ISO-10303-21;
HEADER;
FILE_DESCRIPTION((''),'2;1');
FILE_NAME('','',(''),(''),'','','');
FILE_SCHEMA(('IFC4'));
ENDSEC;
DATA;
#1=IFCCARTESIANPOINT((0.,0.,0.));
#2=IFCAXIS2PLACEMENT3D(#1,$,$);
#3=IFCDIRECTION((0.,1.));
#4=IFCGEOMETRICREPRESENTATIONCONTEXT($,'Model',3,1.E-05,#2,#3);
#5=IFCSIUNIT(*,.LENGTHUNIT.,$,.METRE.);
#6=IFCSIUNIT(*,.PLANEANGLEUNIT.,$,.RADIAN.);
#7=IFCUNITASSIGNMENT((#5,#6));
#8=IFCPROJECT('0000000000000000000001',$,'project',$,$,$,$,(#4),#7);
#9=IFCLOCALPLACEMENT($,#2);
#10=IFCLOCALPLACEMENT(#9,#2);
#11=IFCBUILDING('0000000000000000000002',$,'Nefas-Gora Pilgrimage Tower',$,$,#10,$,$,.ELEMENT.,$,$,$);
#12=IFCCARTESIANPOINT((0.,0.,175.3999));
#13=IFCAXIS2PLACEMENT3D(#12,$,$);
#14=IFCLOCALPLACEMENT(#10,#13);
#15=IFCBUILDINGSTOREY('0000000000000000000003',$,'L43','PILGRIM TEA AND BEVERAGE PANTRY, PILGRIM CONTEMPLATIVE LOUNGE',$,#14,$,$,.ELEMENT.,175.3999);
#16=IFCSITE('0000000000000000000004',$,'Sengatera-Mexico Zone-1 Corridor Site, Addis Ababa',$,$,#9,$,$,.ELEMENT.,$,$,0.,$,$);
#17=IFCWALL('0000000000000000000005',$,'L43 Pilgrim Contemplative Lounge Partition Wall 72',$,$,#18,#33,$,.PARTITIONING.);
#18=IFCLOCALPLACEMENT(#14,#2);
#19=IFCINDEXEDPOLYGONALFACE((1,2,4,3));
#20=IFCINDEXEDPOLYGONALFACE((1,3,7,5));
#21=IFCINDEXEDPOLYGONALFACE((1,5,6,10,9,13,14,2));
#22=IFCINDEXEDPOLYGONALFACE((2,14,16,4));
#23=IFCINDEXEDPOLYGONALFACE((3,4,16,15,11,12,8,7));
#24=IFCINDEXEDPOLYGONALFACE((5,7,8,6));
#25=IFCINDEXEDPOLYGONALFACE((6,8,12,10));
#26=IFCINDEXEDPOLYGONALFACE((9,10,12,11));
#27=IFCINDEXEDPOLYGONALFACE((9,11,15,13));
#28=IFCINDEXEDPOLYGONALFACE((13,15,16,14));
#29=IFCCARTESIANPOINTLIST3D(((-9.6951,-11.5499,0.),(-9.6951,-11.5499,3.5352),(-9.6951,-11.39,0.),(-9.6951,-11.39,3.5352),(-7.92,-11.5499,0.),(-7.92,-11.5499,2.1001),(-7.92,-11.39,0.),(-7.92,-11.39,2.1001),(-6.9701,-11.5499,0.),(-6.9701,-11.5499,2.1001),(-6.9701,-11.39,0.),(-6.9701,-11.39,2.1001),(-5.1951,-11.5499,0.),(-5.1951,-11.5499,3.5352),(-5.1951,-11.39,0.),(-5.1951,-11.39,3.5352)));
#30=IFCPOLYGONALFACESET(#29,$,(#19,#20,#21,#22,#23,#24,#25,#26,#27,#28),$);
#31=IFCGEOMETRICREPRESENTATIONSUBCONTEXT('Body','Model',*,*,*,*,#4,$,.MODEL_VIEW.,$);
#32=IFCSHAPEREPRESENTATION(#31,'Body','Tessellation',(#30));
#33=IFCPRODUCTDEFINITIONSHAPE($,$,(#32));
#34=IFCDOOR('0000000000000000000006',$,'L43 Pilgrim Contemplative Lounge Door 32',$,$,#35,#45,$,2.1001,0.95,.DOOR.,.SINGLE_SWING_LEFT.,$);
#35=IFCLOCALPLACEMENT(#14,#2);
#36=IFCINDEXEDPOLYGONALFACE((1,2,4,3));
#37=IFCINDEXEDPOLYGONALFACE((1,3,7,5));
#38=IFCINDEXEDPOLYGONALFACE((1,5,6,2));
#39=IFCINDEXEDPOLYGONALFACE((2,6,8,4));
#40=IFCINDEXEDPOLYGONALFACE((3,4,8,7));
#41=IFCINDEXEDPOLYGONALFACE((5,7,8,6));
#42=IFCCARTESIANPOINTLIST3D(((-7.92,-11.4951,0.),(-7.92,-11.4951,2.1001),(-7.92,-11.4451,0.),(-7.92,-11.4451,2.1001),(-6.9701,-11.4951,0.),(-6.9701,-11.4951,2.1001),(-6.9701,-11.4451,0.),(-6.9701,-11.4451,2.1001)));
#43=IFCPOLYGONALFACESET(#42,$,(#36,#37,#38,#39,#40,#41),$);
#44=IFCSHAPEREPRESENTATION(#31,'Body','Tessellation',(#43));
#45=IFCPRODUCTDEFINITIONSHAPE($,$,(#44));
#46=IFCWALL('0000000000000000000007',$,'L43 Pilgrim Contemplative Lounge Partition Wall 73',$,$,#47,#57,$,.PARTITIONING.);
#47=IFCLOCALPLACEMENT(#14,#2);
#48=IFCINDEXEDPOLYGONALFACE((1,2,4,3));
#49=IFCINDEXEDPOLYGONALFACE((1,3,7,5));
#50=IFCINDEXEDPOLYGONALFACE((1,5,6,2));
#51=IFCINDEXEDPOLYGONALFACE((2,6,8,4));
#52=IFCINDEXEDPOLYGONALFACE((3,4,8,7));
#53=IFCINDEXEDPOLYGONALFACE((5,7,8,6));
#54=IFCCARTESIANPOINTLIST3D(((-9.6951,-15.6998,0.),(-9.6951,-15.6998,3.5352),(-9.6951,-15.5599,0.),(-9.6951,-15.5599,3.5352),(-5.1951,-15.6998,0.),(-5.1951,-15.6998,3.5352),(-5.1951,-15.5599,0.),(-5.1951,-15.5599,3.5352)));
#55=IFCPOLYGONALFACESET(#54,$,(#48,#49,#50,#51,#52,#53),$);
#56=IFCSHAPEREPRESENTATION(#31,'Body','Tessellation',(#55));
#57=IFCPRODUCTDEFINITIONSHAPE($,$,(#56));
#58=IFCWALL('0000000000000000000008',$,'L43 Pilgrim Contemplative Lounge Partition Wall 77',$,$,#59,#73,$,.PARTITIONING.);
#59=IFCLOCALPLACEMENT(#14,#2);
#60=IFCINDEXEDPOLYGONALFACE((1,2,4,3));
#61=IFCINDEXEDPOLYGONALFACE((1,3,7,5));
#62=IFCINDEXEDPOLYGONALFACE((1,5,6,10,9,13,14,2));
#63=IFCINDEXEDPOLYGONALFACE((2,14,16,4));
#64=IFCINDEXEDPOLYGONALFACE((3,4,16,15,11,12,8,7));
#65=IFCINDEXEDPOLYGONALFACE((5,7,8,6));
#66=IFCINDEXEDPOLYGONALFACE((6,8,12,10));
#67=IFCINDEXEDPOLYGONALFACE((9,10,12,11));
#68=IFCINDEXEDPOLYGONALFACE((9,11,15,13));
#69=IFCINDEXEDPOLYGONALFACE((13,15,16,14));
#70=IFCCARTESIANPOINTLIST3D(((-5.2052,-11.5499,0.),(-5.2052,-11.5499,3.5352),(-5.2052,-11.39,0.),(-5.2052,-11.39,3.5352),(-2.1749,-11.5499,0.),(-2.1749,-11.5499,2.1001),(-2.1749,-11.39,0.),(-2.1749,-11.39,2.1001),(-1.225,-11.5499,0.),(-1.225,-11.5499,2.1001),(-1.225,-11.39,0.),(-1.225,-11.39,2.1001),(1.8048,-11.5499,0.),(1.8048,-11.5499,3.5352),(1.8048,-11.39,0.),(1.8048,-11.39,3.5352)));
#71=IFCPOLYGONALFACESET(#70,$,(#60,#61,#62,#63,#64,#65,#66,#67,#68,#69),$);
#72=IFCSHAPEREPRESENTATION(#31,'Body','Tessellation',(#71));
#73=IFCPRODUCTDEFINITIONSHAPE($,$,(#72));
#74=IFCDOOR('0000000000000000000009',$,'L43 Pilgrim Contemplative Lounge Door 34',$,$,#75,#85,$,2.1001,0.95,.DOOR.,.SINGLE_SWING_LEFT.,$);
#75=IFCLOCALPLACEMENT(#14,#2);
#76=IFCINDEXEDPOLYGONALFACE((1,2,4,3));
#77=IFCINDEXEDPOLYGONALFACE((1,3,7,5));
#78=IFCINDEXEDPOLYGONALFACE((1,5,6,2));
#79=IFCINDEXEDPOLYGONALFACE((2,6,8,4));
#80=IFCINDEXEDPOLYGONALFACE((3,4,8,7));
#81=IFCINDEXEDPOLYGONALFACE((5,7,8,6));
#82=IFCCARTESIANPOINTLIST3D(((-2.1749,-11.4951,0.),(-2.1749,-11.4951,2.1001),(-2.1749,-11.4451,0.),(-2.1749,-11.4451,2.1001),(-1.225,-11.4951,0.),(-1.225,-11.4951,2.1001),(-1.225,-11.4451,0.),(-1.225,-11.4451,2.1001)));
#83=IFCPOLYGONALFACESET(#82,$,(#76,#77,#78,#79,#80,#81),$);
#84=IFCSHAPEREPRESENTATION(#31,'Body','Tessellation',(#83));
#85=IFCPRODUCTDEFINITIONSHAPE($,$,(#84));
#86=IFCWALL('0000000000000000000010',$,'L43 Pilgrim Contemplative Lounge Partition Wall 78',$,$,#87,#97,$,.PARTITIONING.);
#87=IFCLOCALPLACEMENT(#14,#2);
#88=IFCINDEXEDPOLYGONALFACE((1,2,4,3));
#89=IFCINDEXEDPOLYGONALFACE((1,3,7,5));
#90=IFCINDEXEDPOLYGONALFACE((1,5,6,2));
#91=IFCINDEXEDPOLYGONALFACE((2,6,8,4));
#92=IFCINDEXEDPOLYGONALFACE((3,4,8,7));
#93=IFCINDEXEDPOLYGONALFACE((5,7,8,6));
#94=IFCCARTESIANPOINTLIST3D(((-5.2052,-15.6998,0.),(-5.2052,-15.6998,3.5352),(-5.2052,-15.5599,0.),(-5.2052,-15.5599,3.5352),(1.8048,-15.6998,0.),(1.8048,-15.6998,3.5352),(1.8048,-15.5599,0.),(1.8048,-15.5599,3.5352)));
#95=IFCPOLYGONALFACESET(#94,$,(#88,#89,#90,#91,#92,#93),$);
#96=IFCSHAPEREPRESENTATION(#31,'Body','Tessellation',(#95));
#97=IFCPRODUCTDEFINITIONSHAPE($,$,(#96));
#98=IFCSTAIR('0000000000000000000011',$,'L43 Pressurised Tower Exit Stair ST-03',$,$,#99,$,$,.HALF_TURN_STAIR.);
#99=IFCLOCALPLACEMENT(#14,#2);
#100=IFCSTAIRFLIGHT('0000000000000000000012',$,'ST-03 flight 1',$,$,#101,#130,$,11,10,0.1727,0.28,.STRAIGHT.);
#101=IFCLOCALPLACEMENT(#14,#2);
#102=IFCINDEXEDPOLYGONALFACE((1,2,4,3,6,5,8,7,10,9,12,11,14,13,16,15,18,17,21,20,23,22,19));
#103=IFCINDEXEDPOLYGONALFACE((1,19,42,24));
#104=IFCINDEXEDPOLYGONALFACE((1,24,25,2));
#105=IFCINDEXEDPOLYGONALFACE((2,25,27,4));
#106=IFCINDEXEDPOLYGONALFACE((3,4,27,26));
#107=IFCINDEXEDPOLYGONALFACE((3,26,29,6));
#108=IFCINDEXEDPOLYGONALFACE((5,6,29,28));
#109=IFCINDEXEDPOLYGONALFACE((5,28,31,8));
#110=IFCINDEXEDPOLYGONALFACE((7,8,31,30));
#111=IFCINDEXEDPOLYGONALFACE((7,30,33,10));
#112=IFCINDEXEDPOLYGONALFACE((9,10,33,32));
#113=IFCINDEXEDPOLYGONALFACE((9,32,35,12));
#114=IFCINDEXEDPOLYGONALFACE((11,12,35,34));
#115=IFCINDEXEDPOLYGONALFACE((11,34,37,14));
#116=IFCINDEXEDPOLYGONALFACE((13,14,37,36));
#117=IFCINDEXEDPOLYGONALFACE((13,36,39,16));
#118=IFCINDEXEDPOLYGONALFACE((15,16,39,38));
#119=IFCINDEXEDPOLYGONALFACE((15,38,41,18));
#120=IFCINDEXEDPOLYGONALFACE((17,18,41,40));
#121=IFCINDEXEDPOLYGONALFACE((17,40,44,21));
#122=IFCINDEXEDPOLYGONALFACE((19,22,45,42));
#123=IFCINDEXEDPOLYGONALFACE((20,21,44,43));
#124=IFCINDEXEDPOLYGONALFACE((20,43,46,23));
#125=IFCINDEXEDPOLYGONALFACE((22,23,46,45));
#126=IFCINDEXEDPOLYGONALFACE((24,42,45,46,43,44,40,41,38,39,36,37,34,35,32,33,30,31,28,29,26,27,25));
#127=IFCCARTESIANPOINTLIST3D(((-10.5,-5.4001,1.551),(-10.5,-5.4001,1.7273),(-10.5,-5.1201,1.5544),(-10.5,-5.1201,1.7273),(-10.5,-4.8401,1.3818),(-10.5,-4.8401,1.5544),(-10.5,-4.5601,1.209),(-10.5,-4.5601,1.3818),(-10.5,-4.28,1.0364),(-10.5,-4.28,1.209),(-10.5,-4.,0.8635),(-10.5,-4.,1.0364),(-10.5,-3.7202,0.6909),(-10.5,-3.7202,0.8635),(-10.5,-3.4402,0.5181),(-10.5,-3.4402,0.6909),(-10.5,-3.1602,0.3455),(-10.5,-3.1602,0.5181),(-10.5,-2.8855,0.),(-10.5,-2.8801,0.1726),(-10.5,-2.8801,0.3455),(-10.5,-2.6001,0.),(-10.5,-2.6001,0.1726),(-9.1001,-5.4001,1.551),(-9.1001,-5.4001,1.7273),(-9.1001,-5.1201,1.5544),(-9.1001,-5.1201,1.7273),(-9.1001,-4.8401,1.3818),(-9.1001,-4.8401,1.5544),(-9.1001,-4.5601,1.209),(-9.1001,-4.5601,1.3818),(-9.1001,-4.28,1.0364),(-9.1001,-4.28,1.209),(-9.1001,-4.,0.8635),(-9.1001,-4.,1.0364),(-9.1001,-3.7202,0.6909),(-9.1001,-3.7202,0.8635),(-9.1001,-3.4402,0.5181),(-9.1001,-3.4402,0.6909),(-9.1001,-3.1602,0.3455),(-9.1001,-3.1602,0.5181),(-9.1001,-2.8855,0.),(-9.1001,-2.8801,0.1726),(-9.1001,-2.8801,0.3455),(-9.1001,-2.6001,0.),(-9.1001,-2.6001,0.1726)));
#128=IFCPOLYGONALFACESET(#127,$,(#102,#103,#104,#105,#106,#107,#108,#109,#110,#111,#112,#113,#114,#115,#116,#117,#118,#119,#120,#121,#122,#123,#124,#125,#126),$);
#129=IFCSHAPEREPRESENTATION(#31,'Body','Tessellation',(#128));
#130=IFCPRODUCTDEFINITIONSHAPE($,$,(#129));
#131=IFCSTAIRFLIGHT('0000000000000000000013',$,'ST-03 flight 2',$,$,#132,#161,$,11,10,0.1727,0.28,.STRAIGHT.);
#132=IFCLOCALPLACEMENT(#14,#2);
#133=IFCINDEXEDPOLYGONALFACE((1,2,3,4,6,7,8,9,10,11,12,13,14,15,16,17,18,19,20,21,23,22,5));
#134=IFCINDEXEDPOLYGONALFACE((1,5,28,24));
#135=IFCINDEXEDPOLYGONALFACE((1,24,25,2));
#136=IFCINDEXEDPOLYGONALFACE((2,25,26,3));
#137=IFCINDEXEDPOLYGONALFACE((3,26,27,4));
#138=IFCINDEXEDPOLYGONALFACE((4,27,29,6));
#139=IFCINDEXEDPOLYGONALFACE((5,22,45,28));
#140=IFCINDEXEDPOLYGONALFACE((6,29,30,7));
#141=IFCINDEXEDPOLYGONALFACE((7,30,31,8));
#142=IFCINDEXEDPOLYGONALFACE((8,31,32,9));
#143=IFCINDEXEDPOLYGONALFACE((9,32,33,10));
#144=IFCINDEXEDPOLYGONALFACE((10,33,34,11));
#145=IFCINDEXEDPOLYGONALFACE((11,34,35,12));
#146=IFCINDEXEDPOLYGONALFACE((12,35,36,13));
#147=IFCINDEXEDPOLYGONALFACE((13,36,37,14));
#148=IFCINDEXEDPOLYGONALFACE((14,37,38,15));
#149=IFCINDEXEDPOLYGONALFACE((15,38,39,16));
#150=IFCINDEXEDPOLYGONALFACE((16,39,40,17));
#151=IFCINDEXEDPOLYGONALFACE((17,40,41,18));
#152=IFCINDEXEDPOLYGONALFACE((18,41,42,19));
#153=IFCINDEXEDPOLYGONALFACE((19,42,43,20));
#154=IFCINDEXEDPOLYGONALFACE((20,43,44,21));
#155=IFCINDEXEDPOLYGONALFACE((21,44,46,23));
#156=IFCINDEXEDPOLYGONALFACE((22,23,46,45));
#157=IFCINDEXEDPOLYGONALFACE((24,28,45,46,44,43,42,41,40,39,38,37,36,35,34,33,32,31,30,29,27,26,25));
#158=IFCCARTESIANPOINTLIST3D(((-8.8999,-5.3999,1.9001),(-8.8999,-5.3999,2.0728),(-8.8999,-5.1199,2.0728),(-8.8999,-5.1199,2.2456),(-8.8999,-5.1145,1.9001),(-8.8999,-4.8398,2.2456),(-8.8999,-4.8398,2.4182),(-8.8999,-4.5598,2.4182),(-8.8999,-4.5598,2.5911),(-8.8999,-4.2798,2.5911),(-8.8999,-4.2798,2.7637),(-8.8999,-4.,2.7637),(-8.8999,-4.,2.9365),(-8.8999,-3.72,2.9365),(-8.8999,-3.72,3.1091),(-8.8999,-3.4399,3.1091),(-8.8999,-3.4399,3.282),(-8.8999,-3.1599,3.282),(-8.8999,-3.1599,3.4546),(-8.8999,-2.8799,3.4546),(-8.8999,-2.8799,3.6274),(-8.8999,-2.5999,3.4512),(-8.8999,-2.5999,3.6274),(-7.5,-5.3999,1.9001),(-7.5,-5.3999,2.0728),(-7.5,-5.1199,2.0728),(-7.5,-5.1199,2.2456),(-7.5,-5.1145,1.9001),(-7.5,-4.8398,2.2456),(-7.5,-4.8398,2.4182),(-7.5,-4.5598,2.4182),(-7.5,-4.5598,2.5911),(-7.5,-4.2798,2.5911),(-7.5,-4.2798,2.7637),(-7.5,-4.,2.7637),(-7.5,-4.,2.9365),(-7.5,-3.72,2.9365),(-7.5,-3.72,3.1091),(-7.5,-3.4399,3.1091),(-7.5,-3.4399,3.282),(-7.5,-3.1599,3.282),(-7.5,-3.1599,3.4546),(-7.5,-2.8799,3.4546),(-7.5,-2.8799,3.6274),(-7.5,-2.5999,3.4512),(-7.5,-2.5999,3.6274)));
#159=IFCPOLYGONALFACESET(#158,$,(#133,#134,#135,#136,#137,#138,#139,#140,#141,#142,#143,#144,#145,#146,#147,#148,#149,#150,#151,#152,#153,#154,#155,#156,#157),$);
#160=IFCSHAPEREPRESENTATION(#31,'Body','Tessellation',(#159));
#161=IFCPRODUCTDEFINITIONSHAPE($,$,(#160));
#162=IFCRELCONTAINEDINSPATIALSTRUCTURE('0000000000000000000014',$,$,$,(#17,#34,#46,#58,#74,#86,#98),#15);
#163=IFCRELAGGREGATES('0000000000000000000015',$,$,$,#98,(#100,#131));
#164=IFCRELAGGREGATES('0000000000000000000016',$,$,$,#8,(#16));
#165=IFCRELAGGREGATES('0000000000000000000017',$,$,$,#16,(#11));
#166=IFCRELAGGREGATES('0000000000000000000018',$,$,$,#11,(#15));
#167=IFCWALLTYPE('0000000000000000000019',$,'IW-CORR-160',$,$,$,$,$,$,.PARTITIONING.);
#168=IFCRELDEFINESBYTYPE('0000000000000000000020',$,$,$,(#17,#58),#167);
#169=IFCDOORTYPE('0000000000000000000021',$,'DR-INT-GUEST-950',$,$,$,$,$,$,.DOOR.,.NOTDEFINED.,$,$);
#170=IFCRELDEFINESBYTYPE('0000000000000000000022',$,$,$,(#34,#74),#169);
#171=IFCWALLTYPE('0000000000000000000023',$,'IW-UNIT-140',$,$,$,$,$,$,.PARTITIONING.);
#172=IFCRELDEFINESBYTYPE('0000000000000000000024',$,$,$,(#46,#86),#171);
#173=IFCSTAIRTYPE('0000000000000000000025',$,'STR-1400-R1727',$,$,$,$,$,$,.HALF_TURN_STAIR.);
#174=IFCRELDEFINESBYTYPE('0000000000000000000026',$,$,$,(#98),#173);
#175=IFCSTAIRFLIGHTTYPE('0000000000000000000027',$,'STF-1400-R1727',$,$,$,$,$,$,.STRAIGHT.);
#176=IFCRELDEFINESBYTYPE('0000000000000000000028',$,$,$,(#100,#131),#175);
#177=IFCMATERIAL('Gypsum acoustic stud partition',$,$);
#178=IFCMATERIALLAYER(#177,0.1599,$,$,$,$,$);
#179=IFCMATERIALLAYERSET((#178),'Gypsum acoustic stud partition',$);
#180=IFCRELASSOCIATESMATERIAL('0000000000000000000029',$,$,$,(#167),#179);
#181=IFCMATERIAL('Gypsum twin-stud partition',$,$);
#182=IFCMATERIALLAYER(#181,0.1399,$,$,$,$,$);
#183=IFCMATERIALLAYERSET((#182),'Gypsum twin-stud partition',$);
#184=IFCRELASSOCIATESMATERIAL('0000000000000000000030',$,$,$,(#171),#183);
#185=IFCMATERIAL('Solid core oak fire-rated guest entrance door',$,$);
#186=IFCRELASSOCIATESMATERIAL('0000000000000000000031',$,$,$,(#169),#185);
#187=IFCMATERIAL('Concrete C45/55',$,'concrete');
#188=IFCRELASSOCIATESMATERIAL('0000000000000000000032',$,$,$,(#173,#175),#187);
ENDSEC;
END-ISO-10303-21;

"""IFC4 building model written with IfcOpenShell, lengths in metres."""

from ifc_helpers import new_model, si_unit, direction, frame, frame_2d, origin, place, context, subcontext, project, spatial, polyline, rectangle, outline, extrude, source, transform, mapped, material, layer, layer_set, type_object, element, fill, aggregate, save


model = new_model("IFC4")

# Units and contexts
model_context = context("Model", 3, precision=1e-05, world=origin(), true_north=direction((0.0, 1.0)))
body_context = subcontext(model_context, "Body", "Model", "MODEL_VIEW")
ifc_project = project(units=[si_unit("LENGTHUNIT", "METRE"), si_unit("PLANEANGLEUNIT", "RADIAN")], contexts=[model_context])

# Site, building, storey
site_placement = place(None, origin())
site = spatial("IfcSite", under=ifc_project, at=site_placement, Name="Sengatera-Mexico Zone-1 Corridor Site, Addis Ababa", CompositionType="ELEMENT", RefElevation=0.0)
building_placement = place(site_placement, origin())
building = spatial("IfcBuilding", under=site, at=building_placement, Name="Nefas-Gora Pilgrimage Tower", CompositionType="ELEMENT")
storey_placement = place(building_placement, frame((0.0, 0.0, 175.3999)))
storey = spatial("IfcBuildingStorey", under=building, at=storey_placement, Name="L43", Description="PILGRIM TEA AND BEVERAGE PANTRY, PILGRIM CONTEMPLATIVE LOUNGE", CompositionType="ELEMENT", Elevation=175.3999)

# Shared definitions
ifc_material_1 = material(Name="Concrete C45/55", Category="concrete")

# Shared definitions
ifc_material_2 = material(Name="Gypsum acoustic stud partition")
ifc_layer_1 = layer(ifc_material_2, 0.1599)
ifc_layer_set_1 = layer_set([ifc_layer_1], Name="Gypsum acoustic stud partition")
wall_type_1 = type_object("IfcWallType", Name="IW-CORR-160", PredefinedType="PARTITIONING", material=ifc_layer_set_1)
ifc_material_3 = material(Name="Gypsum twin-stud partition")
ifc_layer_2 = layer(ifc_material_3, 0.1399)
ifc_layer_set_2 = layer_set([ifc_layer_2], Name="Gypsum twin-stud partition")
wall_type_2 = type_object("IfcWallType", Name="IW-UNIT-140", PredefinedType="PARTITIONING", material=ifc_layer_set_2)

# Wall, opening, door
shared_shape_1 = source(origin(), body_context, "Body", "SweptSolid", [
    extrude(rectangle(XDim=4.5, YDim=0.1599, at=frame_2d((2.25, 0.0))), origin(), (0.0, 0.0, 1.0), 3.5352),
])
wall_1_placement = place(storey_placement, frame((-9.6951, -11.47, 0.0), z_axis=(0.0, 0.0, 1.0), x_axis=(1.0, 0.0, 0.0)))
wall_1 = element("IfcWall", 1, at=wall_1_placement, inside=storey, type_object=wall_type_1, Name="L43 Pilgrim Contemplative Lounge Partition Wall 72", PredefinedType="PARTITIONING", context=body_context, shape_type="MappedRepresentation", body=[
    mapped(shared_shape_1, transform((0.0, 0.0, 0.0), x_axis=(1.0, 0.0, 0.0), y_axis=(0.0, 1.0, 0.0), z_axis=(0.0, 0.0, 1.0), scale=1.0)),
])
opening_1_placement = place(wall_1_placement, frame((1.7749, 0.0, 0.0)))
opening_1 = element("IfcOpeningElement", 2, at=opening_1_placement, cuts=wall_1, PredefinedType="OPENING", context=body_context, shape_type="SweptSolid", body=[
    extrude(rectangle(XDim=0.95, YDim=2.1001, at=frame_2d((0.4751, 1.05))), frame((0.0, 0.0898, 0.0), z_axis=(0.0, -1.0, 0.0), x_axis=(1.0, 0.0, 0.0)), (0.0, 0.0, 1.0), 0.1799),
])
ifc_material_4 = material(Name="Solid core oak fire-rated guest entrance door")
door_type_1 = type_object("IfcDoorType", Name="DR-INT-GUEST-950", OperationType="NOTDEFINED", PredefinedType="DOOR", material=ifc_material_4)
shared_shape_2 = source(origin(), body_context, "Body", "SweptSolid", [
    extrude(rectangle(XDim=0.95, YDim=2.1001, at=frame_2d((0.4751, 1.05))), frame((0.0, 0.0249, 0.0), z_axis=(0.0, -1.0, 0.0), x_axis=(1.0, 0.0, 0.0)), (0.0, 0.0, 1.0), 0.05),
])
door_1_placement = place(opening_1_placement, origin())
door_1 = element("IfcDoor", 3, at=door_1_placement, inside=storey, type_object=door_type_1, Name="L43 Pilgrim Contemplative Lounge Door 32", OperationType="SINGLE_SWING_LEFT", OverallHeight=2.1001, OverallWidth=0.95, PredefinedType="DOOR", context=body_context, shape_type="MappedRepresentation", body=[
    mapped(shared_shape_2, transform((0.0, 0.0, 0.0), x_axis=(1.0, 0.0, 0.0), y_axis=(0.0, 1.0, 0.0), z_axis=(0.0, 0.0, 1.0), scale=1.0)),
])
fill(opening_1, door_1)

# Wall
shared_shape_3 = source(origin(), body_context, "Body", "SweptSolid", [
    extrude(rectangle(XDim=4.5, YDim=0.1399, at=frame_2d((2.25, 0.0))), origin(), (0.0, 0.0, 1.0), 3.5352),
])
wall_2_placement = place(storey_placement, frame((-9.6951, -15.6299, 0.0), z_axis=(0.0, 0.0, 1.0), x_axis=(1.0, 0.0, 0.0)))
element("IfcWall", 4, at=wall_2_placement, inside=storey, type_object=wall_type_2, Name="L43 Pilgrim Contemplative Lounge Partition Wall 73", PredefinedType="PARTITIONING", context=body_context, shape_type="MappedRepresentation", body=[
    mapped(shared_shape_3, transform((0.0, 0.0, 0.0), x_axis=(1.0, 0.0, 0.0), y_axis=(0.0, 1.0, 0.0), z_axis=(0.0, 0.0, 1.0), scale=1.0)),
])

# Wall, opening, door
shared_shape_4 = source(origin(), body_context, "Body", "SweptSolid", [
    extrude(rectangle(XDim=7.01, YDim=0.1599, at=frame_2d((3.5049, 0.0))), origin(), (0.0, 0.0, 1.0), 3.5352),
])
wall_3_placement = place(storey_placement, frame((-5.2051, -11.47, 0.0), z_axis=(0.0, 0.0, 1.0), x_axis=(1.0, 0.0, 0.0)))
wall_3 = element("IfcWall", 5, at=wall_3_placement, inside=storey, type_object=wall_type_1, Name="L43 Pilgrim Contemplative Lounge Partition Wall 77", PredefinedType="PARTITIONING", context=body_context, shape_type="MappedRepresentation", body=[
    mapped(shared_shape_4, transform((0.0, 0.0, 0.0), x_axis=(1.0, 0.0, 0.0), y_axis=(0.0, 1.0, 0.0), z_axis=(0.0, 0.0, 1.0), scale=1.0)),
])
opening_2_placement = place(wall_3_placement, frame((3.03, 0.0, 0.0)))
opening_2 = element("IfcOpeningElement", 6, at=opening_2_placement, cuts=wall_3, PredefinedType="OPENING", context=body_context, shape_type="SweptSolid", body=[
    extrude(rectangle(XDim=0.95, YDim=2.1001, at=frame_2d((0.4751, 1.05))), frame((0.0, 0.0898, 0.0), z_axis=(0.0, -1.0, 0.0), x_axis=(1.0, 0.0, 0.0)), (0.0, 0.0, 1.0), 0.1799),
])
door_2_placement = place(opening_2_placement, origin())
door_2 = element("IfcDoor", 7, at=door_2_placement, inside=storey, type_object=door_type_1, Name="L43 Pilgrim Contemplative Lounge Door 34", OperationType="SINGLE_SWING_LEFT", OverallHeight=2.1001, OverallWidth=0.95, PredefinedType="DOOR", context=body_context, shape_type="MappedRepresentation", body=[
    mapped(shared_shape_2, transform((0.0, 0.0, 0.0), x_axis=(1.0, 0.0, 0.0), y_axis=(0.0, 1.0, 0.0), z_axis=(0.0, 0.0, 1.0), scale=1.0)),
])
fill(opening_2, door_2)

# Wall
shared_shape_5 = source(origin(), body_context, "Body", "SweptSolid", [
    extrude(rectangle(XDim=7.01, YDim=0.1399, at=frame_2d((3.5049, 0.0))), origin(), (0.0, 0.0, 1.0), 3.5352),
])
wall_4_placement = place(storey_placement, frame((-5.2051, -15.6299, 0.0), z_axis=(0.0, 0.0, 1.0), x_axis=(1.0, 0.0, 0.0)))
element("IfcWall", 8, at=wall_4_placement, inside=storey, type_object=wall_type_2, Name="L43 Pilgrim Contemplative Lounge Partition Wall 78", PredefinedType="PARTITIONING", context=body_context, shape_type="MappedRepresentation", body=[
    mapped(shared_shape_5, transform((0.0, 0.0, 0.0), x_axis=(1.0, 0.0, 0.0), y_axis=(0.0, 1.0, 0.0), z_axis=(0.0, 0.0, 1.0), scale=1.0)),
])

# Stair, stair flights
stair_type = type_object("IfcStairType", Name="STR-1400-R1727", PredefinedType="HALF_TURN_STAIR", material=ifc_material_1)
stair_placement = place(storey_placement, origin())
stair = element("IfcStair", 9, at=stair_placement, inside=storey, type_object=stair_type, Name="L43 Pressurised Tower Exit Stair ST-03", PredefinedType="HALF_TURN_STAIR")
stair_flight_type = type_object("IfcStairFlightType", Name="STF-1400-R1727", PredefinedType="STRAIGHT", material=ifc_material_1)
shared_shape_6 = source(origin(), body_context, "Body", "SweptSolid", [
    extrude(outline(polyline([(0.0, 0.0), (0.0, 0.1726), (0.28, 0.1726), (0.28, 0.3455), (0.5601, 0.3455), (0.5601, 0.5181), (0.8401, 0.5181), (0.8401, 0.6909), (1.1201, 0.6909), (1.1201, 0.8635), (1.3999, 0.8635), (1.3999, 1.0364), (1.6799, 1.0364), (1.6799, 1.209), (1.96, 1.209), (1.96, 1.3818), (2.24, 1.3818), (2.24, 1.5544), (2.52, 1.5544), (2.52, 1.7273), (2.8, 1.7273), (2.8, 1.8999), (2.8, 1.551), (0.2854, 0.0), (0.0, 0.0)])), frame((0.0, 0.7, 0.0), z_axis=(0.0, -1.0, 0.0), x_axis=(1.0, 0.0, 0.0)), (0.0, 0.0, 1.0), 1.3999),
])
stair_flight_1_placement = place(storey_placement, frame((-9.8, -2.6001, 0.0), z_axis=(0.0, 0.0, 1.0), x_axis=(0.0, -1.0, 0.0)))
stair_flight_1 = element("IfcStairFlight", 10, at=stair_flight_1_placement, type_object=stair_flight_type, Name="ST-03 flight 1", NumberOfRisers=11, NumberOfTreads=10, PredefinedType="STRAIGHT", RiserHeight=0.1727, TreadLength=0.28, context=body_context, shape_type="MappedRepresentation", body=[
    mapped(shared_shape_6, transform((0.0, 0.0, 0.0), x_axis=(1.0, 0.0, 0.0), y_axis=(0.0, 1.0, 0.0), z_axis=(0.0, 0.0, 1.0), scale=1.0)),
])
stair_flight_2_placement = place(storey_placement, frame((-8.2, -5.3999, 1.9001), z_axis=(0.0, 0.0, 1.0), x_axis=(0.0, 1.0, 0.0)))
stair_flight_2 = element("IfcStairFlight", 11, at=stair_flight_2_placement, type_object=stair_flight_type, Name="ST-03 flight 2", NumberOfRisers=11, NumberOfTreads=10, PredefinedType="STRAIGHT", RiserHeight=0.1727, TreadLength=0.28, context=body_context, shape_type="MappedRepresentation", body=[
    mapped(shared_shape_6, transform((0.0, 0.0, 0.0), x_axis=(1.0, 0.0, 0.0), y_axis=(0.0, 1.0, 0.0), z_axis=(0.0, 0.0, 1.0), scale=1.0)),
])
aggregate(stair, [stair_flight_1, stair_flight_2])

save(model, "model.ifc")
